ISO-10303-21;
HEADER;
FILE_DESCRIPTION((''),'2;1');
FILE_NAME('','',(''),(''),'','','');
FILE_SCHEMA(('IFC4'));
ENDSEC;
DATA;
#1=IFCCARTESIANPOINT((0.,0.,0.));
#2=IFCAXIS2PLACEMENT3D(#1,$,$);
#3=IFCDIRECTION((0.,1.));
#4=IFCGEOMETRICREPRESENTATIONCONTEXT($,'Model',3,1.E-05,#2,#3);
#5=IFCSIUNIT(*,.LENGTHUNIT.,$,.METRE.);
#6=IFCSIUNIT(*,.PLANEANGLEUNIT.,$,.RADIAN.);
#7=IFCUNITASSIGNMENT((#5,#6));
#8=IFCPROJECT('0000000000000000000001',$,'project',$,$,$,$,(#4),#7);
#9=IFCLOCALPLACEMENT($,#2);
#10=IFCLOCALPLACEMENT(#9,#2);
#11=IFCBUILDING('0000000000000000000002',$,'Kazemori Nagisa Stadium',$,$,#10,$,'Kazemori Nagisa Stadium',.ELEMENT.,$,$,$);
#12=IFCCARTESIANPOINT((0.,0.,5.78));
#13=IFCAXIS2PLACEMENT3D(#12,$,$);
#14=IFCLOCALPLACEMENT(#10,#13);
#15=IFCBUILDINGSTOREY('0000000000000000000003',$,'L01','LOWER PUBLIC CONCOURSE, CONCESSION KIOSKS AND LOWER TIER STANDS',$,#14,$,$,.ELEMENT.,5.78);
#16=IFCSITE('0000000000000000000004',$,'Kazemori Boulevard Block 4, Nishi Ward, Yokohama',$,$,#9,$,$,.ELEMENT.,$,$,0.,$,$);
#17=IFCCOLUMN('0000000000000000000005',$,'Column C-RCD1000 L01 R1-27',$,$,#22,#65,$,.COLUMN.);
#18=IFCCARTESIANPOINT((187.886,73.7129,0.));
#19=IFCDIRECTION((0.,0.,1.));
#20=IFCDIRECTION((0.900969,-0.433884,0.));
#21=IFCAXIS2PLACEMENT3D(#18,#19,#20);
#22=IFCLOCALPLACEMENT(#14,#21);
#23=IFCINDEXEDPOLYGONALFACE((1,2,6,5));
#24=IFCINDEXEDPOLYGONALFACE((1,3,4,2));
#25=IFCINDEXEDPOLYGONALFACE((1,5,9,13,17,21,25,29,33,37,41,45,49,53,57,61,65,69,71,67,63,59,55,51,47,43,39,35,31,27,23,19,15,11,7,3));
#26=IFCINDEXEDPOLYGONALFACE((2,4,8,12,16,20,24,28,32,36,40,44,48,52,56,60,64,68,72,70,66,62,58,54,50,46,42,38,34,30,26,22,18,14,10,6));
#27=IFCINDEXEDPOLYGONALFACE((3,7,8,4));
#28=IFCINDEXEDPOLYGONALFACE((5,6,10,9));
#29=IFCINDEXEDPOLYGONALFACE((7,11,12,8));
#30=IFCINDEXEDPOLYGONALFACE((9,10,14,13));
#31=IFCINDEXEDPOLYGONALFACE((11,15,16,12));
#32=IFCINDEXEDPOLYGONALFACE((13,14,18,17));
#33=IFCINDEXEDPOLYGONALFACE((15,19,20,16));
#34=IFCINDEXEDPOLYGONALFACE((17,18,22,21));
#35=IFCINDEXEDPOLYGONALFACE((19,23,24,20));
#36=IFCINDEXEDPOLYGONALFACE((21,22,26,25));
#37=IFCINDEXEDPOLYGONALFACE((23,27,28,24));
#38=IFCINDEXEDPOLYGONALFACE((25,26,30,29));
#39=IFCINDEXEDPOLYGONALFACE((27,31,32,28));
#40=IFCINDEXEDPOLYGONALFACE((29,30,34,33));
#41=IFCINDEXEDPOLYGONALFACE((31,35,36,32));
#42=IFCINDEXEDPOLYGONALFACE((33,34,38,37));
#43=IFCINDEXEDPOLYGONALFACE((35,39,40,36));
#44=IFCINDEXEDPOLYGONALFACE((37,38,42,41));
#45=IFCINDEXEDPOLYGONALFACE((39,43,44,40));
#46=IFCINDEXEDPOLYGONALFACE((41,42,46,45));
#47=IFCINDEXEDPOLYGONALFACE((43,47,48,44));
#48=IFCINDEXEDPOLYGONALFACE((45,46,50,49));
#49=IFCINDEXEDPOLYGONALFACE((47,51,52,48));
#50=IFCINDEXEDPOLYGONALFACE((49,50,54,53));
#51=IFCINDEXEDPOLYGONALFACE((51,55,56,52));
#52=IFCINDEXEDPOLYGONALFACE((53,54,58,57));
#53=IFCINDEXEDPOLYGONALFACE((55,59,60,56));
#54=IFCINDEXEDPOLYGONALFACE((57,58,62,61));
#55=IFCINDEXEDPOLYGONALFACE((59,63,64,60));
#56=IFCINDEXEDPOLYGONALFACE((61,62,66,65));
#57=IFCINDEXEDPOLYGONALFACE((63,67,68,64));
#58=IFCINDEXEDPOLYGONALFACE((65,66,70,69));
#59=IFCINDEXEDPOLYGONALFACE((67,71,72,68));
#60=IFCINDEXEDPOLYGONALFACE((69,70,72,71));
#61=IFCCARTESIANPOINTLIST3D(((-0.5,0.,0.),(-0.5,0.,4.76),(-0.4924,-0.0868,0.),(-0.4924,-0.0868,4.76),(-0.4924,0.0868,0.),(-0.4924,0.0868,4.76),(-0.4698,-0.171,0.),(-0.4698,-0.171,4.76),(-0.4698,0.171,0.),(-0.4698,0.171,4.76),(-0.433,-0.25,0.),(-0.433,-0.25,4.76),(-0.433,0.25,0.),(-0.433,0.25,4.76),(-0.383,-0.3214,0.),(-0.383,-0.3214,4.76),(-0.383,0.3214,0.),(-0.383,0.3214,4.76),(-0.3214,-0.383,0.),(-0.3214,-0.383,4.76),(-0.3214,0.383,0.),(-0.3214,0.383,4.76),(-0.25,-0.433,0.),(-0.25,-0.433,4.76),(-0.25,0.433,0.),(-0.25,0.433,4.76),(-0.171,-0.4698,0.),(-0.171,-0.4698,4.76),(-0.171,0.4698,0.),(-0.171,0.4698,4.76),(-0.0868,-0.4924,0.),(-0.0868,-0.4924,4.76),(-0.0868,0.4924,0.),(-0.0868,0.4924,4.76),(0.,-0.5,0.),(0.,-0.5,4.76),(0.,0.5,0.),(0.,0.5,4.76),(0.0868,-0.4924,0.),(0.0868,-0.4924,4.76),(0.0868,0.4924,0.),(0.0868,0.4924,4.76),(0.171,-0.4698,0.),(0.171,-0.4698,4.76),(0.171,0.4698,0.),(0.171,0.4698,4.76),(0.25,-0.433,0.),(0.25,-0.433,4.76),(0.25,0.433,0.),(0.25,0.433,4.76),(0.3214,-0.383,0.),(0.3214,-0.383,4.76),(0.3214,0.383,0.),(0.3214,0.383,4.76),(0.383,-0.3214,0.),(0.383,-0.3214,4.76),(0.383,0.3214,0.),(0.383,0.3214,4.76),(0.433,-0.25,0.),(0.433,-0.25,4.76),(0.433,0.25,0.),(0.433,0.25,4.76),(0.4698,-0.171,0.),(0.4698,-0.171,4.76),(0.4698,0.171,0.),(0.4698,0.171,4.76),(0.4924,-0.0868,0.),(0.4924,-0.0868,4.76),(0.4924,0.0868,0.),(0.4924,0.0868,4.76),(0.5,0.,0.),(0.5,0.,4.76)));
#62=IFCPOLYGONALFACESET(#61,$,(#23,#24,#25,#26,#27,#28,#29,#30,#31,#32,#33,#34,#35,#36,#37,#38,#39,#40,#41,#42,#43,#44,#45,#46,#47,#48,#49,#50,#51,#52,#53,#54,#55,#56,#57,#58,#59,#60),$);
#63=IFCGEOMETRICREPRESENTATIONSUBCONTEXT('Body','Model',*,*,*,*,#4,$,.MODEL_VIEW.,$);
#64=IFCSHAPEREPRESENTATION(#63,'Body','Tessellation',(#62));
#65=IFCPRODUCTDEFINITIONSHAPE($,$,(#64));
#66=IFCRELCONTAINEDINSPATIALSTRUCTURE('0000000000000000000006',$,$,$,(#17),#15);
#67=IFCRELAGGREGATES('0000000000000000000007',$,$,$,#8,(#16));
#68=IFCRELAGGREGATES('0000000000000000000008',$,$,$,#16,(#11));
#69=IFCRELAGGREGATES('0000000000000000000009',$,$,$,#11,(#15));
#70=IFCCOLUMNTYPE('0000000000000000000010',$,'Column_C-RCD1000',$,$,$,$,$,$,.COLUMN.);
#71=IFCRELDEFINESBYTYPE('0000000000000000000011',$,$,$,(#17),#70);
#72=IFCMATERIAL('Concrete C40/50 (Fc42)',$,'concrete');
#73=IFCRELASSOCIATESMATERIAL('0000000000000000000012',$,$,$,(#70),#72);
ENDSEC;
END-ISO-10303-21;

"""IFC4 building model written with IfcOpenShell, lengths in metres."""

from ifc_helpers import new_model, si_unit, direction, frame, origin, origin_2d, place, context, subcontext, project, spatial, circle, extrude, material, material_profile, profile_set, type_object, element, save


model = new_model("IFC4")

# Units and contexts
model_context = context("Model", 3, precision=1e-05, world=origin(), true_north=direction((0.0, 1.0)))
body_context = subcontext(model_context, "Body", "Model", "MODEL_VIEW")
ifc_project = project(units=[si_unit("LENGTHUNIT", "METRE"), si_unit("PLANEANGLEUNIT", "RADIAN")], contexts=[model_context])

# Site, building, storey
site_placement = place(None, origin())
site = spatial("IfcSite", under=ifc_project, at=site_placement, Name="Kazemori Boulevard Block 4, Nishi Ward, Yokohama", CompositionType="ELEMENT", RefElevation=0.0)
building_placement = place(site_placement, origin())
building = spatial("IfcBuilding", under=site, at=building_placement, Name="Kazemori Nagisa Stadium", LongName="Kazemori Nagisa Stadium", CompositionType="ELEMENT")
storey_placement = place(building_placement, frame((0.0, 0.0, 5.78)))
storey = spatial("IfcBuildingStorey", under=building, at=storey_placement, Name="L01", Description="LOWER PUBLIC CONCOURSE, CONCESSION KIOSKS AND LOWER TIER STANDS", CompositionType="ELEMENT", Elevation=5.78)

# Column
ifc_material_1 = material(Name="Concrete C40/50 (Fc42)", Category="concrete")
ifc_material_profile_1 = material_profile(ifc_material_1, circle(Radius=0.5, at=origin_2d()), Name="RC-COL-D1000")
ifc_profile_set_1 = profile_set([ifc_material_profile_1], Name="Concrete C40/50 (Fc42)")
column_type_1 = type_object("IfcColumnType", Name="Column_C-RCD1000", PredefinedType="COLUMN", material=ifc_profile_set_1)
column_1_placement = place(storey_placement, frame((187.886, 73.7129, 0.0), z_axis=(0.0, 0.0, 1.0), x_axis=(0.900969, -0.433884, 0.0)))
element("IfcColumn", 1, at=column_1_placement, inside=storey, type_object=column_type_1, Name="Column C-RCD1000 L01 R1-27", PredefinedType="COLUMN", context=body_context, shape_type="SweptSolid", body=[
    extrude(circle(Radius=0.5, at=origin_2d()), origin(), (0.0, 0.0, 1.0), 4.76),
])

save(model, "model.ifc")
